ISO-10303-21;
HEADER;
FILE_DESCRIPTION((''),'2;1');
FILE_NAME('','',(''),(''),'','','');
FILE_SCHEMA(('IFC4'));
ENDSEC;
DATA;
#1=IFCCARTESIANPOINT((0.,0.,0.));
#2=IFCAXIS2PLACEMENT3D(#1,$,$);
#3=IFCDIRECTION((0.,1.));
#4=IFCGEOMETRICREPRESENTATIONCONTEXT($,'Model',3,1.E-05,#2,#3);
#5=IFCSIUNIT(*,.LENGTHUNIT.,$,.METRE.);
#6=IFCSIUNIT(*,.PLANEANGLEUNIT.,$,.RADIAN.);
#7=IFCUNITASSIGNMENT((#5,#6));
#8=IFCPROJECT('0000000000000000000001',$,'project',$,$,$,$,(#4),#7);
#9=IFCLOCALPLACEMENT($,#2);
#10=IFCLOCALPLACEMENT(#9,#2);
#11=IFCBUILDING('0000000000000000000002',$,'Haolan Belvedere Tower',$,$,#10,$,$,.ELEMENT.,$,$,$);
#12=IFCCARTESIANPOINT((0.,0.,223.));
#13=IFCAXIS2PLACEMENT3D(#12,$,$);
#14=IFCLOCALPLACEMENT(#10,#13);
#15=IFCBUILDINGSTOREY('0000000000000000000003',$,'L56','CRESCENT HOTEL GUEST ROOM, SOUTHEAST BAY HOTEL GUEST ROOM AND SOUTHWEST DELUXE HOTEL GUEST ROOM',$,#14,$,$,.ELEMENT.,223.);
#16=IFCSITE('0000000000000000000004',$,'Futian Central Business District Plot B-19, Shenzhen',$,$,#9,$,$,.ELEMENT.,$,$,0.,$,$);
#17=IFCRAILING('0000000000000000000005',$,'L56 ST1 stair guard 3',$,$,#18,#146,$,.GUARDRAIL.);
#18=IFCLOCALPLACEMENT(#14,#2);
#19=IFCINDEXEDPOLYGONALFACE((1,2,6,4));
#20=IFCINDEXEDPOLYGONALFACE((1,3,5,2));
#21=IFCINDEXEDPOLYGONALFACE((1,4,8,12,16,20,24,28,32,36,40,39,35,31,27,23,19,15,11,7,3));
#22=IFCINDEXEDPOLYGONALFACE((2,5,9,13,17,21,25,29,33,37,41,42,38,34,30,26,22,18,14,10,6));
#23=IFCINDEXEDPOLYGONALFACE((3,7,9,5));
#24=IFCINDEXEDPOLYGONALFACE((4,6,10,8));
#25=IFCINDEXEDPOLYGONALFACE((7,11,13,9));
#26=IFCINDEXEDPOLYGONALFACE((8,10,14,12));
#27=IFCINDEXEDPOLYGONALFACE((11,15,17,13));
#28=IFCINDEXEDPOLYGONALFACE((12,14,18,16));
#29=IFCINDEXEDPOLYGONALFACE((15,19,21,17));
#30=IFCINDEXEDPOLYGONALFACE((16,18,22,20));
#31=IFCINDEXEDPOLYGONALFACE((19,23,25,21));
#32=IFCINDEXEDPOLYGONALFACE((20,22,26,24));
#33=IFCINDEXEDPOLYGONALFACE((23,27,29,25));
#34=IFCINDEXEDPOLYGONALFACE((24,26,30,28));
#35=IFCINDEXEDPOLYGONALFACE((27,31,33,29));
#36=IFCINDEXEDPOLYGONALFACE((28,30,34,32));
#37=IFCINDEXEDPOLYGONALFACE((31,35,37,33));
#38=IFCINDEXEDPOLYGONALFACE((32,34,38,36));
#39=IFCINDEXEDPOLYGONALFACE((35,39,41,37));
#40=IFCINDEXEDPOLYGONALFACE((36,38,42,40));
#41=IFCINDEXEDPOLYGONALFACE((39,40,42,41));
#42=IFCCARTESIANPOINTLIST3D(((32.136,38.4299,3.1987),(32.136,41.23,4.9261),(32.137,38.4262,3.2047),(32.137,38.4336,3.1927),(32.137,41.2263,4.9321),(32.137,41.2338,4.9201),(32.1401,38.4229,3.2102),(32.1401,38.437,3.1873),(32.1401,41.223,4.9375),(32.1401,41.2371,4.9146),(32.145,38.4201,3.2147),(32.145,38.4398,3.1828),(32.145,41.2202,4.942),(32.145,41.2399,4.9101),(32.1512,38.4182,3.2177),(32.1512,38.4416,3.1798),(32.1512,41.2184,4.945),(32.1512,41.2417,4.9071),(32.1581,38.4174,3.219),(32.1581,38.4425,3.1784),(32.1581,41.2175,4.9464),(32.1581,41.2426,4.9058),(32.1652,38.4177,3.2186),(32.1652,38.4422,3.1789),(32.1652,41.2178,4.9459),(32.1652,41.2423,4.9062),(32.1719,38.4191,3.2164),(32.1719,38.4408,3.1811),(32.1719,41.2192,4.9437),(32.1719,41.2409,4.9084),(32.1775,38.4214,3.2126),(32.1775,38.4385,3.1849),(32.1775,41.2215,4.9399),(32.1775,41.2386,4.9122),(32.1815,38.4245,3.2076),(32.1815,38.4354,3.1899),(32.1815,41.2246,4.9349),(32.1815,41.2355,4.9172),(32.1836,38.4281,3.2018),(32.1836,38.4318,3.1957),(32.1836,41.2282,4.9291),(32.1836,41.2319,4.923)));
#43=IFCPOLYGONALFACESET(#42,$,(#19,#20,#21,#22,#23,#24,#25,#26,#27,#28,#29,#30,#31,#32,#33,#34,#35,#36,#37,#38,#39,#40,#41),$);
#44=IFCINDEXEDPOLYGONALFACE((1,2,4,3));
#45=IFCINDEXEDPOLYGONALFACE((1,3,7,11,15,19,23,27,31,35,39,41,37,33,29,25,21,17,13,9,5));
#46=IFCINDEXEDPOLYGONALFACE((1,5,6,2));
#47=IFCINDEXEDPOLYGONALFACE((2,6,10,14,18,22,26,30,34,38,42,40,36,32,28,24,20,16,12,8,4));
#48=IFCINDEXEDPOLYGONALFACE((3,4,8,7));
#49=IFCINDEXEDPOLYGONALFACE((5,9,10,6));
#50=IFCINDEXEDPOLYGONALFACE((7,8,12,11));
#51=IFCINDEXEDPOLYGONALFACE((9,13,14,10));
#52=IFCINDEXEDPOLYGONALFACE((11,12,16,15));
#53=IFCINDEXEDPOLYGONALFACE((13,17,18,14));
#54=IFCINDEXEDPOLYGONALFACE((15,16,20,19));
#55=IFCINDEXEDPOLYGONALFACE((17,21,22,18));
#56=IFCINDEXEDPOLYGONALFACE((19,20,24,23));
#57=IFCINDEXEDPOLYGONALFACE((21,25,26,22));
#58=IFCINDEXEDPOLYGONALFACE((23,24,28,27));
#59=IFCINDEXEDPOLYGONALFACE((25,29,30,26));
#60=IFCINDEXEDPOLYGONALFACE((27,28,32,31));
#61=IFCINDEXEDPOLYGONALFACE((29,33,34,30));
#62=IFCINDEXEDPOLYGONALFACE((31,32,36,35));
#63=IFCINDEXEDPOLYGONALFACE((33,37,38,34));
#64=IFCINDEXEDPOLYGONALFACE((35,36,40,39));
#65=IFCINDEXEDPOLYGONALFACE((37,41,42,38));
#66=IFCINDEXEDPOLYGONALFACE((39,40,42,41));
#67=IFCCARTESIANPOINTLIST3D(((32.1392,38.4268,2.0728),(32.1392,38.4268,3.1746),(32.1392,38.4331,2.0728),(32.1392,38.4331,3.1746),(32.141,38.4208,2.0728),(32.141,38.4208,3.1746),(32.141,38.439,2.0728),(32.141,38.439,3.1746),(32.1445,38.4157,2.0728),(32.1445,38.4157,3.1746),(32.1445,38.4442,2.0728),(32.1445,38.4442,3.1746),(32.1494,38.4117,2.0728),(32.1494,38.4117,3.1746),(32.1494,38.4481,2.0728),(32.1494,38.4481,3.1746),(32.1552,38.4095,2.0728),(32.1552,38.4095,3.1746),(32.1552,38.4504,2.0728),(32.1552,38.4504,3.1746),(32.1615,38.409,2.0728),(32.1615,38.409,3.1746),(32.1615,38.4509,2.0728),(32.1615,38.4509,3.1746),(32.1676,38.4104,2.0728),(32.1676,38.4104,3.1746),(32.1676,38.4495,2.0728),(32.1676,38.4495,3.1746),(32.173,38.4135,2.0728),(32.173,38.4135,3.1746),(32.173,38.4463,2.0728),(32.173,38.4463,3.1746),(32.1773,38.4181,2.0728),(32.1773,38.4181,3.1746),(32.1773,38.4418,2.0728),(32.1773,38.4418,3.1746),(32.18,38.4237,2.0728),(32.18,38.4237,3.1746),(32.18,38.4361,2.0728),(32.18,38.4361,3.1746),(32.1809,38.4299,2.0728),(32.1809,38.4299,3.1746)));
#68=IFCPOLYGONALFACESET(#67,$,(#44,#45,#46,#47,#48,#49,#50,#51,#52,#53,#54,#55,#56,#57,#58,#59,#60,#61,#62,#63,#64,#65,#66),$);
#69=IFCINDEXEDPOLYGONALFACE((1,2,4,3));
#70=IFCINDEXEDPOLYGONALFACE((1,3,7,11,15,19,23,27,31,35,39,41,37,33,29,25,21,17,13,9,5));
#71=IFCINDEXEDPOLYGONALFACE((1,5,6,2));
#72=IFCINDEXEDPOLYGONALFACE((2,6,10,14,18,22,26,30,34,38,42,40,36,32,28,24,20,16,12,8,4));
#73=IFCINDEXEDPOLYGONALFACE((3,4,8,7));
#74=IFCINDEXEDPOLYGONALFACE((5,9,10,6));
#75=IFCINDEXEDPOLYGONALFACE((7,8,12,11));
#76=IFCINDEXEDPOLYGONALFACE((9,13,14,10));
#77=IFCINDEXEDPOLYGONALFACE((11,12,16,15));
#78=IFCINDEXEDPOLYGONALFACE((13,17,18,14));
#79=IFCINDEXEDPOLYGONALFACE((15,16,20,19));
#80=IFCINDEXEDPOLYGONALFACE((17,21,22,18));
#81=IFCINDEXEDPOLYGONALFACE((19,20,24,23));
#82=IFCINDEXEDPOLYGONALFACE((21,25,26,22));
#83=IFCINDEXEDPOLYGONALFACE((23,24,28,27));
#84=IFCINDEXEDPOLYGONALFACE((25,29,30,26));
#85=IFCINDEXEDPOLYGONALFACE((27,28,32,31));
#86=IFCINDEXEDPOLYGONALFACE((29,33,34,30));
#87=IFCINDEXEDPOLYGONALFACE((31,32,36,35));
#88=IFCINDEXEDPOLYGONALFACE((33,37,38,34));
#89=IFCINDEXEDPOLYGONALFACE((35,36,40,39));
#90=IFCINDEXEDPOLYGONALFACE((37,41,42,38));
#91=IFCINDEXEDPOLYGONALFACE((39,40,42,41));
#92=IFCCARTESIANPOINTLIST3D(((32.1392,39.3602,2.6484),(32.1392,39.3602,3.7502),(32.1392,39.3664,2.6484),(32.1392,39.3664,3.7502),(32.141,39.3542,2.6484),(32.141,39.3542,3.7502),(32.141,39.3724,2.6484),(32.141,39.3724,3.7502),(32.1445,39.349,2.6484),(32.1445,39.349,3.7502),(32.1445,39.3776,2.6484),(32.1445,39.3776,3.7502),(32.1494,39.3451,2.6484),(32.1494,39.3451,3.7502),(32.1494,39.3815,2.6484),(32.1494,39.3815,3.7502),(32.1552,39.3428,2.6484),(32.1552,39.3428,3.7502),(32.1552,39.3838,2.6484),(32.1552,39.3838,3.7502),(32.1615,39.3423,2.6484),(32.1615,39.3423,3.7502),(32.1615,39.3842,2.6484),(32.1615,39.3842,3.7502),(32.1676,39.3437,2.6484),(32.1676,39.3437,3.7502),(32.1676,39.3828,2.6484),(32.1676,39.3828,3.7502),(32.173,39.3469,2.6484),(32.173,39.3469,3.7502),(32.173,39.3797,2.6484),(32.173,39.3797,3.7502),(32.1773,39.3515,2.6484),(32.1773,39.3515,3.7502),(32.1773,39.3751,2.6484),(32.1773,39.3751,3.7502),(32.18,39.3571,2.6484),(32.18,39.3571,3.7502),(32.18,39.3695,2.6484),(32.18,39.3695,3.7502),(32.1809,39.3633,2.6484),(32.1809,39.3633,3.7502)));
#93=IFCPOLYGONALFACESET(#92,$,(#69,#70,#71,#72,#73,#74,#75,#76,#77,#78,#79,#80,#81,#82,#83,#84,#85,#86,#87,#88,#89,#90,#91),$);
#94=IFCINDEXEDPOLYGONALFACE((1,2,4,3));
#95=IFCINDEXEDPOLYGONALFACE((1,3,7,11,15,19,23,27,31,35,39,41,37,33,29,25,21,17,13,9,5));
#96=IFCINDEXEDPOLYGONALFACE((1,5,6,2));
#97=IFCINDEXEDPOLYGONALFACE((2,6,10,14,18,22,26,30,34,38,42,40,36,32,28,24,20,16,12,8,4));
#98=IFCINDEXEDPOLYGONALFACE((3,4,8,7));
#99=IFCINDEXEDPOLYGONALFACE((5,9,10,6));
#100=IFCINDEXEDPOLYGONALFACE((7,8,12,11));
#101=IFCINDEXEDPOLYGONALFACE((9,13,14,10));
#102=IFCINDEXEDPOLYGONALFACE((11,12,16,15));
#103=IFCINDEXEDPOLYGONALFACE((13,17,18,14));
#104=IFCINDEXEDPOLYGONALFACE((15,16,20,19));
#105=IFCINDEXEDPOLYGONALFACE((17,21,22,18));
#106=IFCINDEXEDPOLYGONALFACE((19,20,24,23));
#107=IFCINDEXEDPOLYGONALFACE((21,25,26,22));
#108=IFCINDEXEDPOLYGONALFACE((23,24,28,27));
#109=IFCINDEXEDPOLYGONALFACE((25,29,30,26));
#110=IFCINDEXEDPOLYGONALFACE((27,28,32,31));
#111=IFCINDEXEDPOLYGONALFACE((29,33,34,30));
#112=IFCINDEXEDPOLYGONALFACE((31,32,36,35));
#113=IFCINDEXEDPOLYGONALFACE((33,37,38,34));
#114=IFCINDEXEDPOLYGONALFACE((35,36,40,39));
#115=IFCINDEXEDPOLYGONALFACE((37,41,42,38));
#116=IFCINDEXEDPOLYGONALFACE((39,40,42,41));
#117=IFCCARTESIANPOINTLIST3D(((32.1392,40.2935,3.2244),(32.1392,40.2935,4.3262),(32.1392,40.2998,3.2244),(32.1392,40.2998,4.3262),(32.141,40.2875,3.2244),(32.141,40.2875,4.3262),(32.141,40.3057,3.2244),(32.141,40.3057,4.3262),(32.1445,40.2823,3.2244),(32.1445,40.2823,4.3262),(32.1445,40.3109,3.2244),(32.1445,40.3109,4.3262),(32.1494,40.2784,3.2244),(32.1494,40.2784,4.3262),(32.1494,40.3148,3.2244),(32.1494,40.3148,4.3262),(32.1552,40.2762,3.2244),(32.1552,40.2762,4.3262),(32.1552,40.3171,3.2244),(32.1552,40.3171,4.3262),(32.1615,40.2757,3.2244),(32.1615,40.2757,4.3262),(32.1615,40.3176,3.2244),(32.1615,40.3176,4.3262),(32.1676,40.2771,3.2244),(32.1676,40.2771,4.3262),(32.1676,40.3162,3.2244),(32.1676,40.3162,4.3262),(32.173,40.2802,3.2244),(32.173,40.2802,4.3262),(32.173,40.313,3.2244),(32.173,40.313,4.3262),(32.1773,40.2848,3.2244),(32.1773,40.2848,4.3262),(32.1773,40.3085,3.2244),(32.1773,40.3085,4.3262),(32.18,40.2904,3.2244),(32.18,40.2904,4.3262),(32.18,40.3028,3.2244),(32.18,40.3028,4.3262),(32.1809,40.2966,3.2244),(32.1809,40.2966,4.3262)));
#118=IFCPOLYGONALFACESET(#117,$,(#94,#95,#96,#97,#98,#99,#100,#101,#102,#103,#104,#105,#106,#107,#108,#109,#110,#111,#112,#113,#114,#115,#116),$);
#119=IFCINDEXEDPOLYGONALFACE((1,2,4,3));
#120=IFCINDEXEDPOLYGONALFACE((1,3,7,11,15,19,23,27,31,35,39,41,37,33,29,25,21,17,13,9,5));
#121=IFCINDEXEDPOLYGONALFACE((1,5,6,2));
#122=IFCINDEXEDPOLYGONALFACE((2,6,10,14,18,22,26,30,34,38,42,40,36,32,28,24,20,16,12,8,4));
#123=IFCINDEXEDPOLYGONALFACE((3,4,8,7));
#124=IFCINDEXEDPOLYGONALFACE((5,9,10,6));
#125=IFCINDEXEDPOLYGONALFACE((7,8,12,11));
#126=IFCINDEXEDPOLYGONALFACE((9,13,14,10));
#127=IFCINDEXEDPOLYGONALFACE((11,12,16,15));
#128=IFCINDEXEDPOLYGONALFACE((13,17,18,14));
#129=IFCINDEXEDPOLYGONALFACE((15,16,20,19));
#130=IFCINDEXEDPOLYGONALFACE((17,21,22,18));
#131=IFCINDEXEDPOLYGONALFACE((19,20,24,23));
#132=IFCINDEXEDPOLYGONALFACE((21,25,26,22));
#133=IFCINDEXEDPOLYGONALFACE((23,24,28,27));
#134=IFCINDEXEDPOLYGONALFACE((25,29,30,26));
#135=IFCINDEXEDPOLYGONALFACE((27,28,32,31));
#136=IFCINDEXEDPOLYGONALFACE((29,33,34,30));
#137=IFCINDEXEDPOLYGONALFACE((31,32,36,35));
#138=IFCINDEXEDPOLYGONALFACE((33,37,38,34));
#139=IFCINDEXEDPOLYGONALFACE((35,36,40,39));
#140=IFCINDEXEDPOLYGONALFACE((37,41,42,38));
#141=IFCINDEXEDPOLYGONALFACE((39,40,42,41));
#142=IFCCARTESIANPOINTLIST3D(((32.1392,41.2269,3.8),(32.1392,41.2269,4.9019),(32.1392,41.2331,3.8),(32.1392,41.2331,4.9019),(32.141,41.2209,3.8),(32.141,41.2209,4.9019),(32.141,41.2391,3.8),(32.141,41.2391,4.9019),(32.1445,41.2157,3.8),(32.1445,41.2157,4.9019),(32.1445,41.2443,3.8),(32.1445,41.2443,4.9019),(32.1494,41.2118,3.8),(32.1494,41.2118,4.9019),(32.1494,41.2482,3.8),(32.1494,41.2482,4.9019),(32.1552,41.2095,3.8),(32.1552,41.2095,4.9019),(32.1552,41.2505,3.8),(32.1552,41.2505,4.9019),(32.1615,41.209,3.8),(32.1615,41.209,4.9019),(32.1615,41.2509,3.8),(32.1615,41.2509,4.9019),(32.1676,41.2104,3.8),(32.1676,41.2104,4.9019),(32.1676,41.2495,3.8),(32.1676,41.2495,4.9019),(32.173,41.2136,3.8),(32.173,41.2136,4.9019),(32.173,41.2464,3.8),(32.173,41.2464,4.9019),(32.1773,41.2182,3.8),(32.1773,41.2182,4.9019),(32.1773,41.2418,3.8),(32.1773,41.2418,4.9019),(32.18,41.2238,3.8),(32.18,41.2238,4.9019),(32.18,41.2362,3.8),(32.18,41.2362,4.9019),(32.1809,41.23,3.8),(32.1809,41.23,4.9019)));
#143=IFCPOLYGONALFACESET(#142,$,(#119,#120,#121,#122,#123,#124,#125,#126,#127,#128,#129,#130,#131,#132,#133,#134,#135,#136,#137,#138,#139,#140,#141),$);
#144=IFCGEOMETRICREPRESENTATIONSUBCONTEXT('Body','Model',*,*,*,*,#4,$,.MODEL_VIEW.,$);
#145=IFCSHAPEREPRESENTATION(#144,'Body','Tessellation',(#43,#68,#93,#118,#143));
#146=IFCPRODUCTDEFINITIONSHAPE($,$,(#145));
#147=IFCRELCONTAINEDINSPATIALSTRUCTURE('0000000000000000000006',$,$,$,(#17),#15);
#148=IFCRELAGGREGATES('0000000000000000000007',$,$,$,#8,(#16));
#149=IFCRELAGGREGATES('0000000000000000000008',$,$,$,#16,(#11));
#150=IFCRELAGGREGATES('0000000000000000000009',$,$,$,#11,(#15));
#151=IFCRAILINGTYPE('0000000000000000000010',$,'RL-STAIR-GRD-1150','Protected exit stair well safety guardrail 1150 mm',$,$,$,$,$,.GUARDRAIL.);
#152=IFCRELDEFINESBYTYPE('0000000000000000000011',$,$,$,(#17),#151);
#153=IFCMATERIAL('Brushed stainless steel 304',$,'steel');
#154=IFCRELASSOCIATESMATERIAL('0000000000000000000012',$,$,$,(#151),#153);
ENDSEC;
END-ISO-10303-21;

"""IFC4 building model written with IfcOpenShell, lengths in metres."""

from ifc_helpers import new_model, si_unit, direction, frame, origin, origin_2d, place, context, subcontext, project, spatial, circle, extrude, material, type_object, element, save


model = new_model("IFC4")

# Units and contexts
model_context = context("Model", 3, precision=1e-05, world=origin(), true_north=direction((0.0, 1.0)))
body_context = subcontext(model_context, "Body", "Model", "MODEL_VIEW")
ifc_project = project(units=[si_unit("LENGTHUNIT", "METRE"), si_unit("PLANEANGLEUNIT", "RADIAN")], contexts=[model_context])

# Site, building, storey
site_placement = place(None, origin())
site = spatial("IfcSite", under=ifc_project, at=site_placement, Name="Futian Central Business District Plot B-19, Shenzhen", CompositionType="ELEMENT", RefElevation=0.0)
building_placement = place(site_placement, origin())
building = spatial("IfcBuilding", under=site, at=building_placement, Name="Haolan Belvedere Tower", CompositionType="ELEMENT")
storey_placement = place(building_placement, frame((0.0, 0.0, 223.0)))
storey = spatial("IfcBuildingStorey", under=building, at=storey_placement, Name="L56", Description="CRESCENT HOTEL GUEST ROOM, SOUTHEAST BAY HOTEL GUEST ROOM AND SOUTHWEST DELUXE HOTEL GUEST ROOM", CompositionType="ELEMENT", Elevation=223.0)

# Railing
ifc_material_1 = material(Name="Brushed stainless steel 304", Category="steel")
railing_type_1 = type_object("IfcRailingType", Name="RL-STAIR-GRD-1150", Description="Protected exit stair well safety guardrail 1150 mm", PredefinedType="GUARDRAIL", material=ifc_material_1)
railing_1_placement = place(storey_placement, frame((32.1599, 38.4299, 2.0728)))
element("IfcRailing", 1, at=railing_1_placement, inside=storey, type_object=railing_type_1, Name="L56 ST1 stair guard 3", PredefinedType="GUARDRAIL", context=body_context, shape_type="SweptSolid", body=[
    extrude(circle(Radius=0.0239, at=origin_2d()), frame((0.0, 0.0, 1.126), z_axis=(0.0, 0.85109, 0.52502), x_axis=(-1.0, 0.0, 0.0)), (0.0, 0.0, 1.0), 3.29),
    extrude(circle(Radius=0.021, at=origin_2d()), origin(), (0.0, 0.0, 1.0), 1.1018),
    extrude(circle(Radius=0.021, at=origin_2d()), frame((0.0, 0.9333, 0.5757)), (0.0, 0.0, 1.0), 1.1018),
    extrude(circle(Radius=0.021, at=origin_2d()), frame((0.0, 1.8667, 1.1516)), (0.0, 0.0, 1.0), 1.1018),
    extrude(circle(Radius=0.021, at=origin_2d()), frame((0.0, 2.8, 1.7273)), (0.0, 0.0, 1.0), 1.1018),
])

save(model, "model.ifc")
